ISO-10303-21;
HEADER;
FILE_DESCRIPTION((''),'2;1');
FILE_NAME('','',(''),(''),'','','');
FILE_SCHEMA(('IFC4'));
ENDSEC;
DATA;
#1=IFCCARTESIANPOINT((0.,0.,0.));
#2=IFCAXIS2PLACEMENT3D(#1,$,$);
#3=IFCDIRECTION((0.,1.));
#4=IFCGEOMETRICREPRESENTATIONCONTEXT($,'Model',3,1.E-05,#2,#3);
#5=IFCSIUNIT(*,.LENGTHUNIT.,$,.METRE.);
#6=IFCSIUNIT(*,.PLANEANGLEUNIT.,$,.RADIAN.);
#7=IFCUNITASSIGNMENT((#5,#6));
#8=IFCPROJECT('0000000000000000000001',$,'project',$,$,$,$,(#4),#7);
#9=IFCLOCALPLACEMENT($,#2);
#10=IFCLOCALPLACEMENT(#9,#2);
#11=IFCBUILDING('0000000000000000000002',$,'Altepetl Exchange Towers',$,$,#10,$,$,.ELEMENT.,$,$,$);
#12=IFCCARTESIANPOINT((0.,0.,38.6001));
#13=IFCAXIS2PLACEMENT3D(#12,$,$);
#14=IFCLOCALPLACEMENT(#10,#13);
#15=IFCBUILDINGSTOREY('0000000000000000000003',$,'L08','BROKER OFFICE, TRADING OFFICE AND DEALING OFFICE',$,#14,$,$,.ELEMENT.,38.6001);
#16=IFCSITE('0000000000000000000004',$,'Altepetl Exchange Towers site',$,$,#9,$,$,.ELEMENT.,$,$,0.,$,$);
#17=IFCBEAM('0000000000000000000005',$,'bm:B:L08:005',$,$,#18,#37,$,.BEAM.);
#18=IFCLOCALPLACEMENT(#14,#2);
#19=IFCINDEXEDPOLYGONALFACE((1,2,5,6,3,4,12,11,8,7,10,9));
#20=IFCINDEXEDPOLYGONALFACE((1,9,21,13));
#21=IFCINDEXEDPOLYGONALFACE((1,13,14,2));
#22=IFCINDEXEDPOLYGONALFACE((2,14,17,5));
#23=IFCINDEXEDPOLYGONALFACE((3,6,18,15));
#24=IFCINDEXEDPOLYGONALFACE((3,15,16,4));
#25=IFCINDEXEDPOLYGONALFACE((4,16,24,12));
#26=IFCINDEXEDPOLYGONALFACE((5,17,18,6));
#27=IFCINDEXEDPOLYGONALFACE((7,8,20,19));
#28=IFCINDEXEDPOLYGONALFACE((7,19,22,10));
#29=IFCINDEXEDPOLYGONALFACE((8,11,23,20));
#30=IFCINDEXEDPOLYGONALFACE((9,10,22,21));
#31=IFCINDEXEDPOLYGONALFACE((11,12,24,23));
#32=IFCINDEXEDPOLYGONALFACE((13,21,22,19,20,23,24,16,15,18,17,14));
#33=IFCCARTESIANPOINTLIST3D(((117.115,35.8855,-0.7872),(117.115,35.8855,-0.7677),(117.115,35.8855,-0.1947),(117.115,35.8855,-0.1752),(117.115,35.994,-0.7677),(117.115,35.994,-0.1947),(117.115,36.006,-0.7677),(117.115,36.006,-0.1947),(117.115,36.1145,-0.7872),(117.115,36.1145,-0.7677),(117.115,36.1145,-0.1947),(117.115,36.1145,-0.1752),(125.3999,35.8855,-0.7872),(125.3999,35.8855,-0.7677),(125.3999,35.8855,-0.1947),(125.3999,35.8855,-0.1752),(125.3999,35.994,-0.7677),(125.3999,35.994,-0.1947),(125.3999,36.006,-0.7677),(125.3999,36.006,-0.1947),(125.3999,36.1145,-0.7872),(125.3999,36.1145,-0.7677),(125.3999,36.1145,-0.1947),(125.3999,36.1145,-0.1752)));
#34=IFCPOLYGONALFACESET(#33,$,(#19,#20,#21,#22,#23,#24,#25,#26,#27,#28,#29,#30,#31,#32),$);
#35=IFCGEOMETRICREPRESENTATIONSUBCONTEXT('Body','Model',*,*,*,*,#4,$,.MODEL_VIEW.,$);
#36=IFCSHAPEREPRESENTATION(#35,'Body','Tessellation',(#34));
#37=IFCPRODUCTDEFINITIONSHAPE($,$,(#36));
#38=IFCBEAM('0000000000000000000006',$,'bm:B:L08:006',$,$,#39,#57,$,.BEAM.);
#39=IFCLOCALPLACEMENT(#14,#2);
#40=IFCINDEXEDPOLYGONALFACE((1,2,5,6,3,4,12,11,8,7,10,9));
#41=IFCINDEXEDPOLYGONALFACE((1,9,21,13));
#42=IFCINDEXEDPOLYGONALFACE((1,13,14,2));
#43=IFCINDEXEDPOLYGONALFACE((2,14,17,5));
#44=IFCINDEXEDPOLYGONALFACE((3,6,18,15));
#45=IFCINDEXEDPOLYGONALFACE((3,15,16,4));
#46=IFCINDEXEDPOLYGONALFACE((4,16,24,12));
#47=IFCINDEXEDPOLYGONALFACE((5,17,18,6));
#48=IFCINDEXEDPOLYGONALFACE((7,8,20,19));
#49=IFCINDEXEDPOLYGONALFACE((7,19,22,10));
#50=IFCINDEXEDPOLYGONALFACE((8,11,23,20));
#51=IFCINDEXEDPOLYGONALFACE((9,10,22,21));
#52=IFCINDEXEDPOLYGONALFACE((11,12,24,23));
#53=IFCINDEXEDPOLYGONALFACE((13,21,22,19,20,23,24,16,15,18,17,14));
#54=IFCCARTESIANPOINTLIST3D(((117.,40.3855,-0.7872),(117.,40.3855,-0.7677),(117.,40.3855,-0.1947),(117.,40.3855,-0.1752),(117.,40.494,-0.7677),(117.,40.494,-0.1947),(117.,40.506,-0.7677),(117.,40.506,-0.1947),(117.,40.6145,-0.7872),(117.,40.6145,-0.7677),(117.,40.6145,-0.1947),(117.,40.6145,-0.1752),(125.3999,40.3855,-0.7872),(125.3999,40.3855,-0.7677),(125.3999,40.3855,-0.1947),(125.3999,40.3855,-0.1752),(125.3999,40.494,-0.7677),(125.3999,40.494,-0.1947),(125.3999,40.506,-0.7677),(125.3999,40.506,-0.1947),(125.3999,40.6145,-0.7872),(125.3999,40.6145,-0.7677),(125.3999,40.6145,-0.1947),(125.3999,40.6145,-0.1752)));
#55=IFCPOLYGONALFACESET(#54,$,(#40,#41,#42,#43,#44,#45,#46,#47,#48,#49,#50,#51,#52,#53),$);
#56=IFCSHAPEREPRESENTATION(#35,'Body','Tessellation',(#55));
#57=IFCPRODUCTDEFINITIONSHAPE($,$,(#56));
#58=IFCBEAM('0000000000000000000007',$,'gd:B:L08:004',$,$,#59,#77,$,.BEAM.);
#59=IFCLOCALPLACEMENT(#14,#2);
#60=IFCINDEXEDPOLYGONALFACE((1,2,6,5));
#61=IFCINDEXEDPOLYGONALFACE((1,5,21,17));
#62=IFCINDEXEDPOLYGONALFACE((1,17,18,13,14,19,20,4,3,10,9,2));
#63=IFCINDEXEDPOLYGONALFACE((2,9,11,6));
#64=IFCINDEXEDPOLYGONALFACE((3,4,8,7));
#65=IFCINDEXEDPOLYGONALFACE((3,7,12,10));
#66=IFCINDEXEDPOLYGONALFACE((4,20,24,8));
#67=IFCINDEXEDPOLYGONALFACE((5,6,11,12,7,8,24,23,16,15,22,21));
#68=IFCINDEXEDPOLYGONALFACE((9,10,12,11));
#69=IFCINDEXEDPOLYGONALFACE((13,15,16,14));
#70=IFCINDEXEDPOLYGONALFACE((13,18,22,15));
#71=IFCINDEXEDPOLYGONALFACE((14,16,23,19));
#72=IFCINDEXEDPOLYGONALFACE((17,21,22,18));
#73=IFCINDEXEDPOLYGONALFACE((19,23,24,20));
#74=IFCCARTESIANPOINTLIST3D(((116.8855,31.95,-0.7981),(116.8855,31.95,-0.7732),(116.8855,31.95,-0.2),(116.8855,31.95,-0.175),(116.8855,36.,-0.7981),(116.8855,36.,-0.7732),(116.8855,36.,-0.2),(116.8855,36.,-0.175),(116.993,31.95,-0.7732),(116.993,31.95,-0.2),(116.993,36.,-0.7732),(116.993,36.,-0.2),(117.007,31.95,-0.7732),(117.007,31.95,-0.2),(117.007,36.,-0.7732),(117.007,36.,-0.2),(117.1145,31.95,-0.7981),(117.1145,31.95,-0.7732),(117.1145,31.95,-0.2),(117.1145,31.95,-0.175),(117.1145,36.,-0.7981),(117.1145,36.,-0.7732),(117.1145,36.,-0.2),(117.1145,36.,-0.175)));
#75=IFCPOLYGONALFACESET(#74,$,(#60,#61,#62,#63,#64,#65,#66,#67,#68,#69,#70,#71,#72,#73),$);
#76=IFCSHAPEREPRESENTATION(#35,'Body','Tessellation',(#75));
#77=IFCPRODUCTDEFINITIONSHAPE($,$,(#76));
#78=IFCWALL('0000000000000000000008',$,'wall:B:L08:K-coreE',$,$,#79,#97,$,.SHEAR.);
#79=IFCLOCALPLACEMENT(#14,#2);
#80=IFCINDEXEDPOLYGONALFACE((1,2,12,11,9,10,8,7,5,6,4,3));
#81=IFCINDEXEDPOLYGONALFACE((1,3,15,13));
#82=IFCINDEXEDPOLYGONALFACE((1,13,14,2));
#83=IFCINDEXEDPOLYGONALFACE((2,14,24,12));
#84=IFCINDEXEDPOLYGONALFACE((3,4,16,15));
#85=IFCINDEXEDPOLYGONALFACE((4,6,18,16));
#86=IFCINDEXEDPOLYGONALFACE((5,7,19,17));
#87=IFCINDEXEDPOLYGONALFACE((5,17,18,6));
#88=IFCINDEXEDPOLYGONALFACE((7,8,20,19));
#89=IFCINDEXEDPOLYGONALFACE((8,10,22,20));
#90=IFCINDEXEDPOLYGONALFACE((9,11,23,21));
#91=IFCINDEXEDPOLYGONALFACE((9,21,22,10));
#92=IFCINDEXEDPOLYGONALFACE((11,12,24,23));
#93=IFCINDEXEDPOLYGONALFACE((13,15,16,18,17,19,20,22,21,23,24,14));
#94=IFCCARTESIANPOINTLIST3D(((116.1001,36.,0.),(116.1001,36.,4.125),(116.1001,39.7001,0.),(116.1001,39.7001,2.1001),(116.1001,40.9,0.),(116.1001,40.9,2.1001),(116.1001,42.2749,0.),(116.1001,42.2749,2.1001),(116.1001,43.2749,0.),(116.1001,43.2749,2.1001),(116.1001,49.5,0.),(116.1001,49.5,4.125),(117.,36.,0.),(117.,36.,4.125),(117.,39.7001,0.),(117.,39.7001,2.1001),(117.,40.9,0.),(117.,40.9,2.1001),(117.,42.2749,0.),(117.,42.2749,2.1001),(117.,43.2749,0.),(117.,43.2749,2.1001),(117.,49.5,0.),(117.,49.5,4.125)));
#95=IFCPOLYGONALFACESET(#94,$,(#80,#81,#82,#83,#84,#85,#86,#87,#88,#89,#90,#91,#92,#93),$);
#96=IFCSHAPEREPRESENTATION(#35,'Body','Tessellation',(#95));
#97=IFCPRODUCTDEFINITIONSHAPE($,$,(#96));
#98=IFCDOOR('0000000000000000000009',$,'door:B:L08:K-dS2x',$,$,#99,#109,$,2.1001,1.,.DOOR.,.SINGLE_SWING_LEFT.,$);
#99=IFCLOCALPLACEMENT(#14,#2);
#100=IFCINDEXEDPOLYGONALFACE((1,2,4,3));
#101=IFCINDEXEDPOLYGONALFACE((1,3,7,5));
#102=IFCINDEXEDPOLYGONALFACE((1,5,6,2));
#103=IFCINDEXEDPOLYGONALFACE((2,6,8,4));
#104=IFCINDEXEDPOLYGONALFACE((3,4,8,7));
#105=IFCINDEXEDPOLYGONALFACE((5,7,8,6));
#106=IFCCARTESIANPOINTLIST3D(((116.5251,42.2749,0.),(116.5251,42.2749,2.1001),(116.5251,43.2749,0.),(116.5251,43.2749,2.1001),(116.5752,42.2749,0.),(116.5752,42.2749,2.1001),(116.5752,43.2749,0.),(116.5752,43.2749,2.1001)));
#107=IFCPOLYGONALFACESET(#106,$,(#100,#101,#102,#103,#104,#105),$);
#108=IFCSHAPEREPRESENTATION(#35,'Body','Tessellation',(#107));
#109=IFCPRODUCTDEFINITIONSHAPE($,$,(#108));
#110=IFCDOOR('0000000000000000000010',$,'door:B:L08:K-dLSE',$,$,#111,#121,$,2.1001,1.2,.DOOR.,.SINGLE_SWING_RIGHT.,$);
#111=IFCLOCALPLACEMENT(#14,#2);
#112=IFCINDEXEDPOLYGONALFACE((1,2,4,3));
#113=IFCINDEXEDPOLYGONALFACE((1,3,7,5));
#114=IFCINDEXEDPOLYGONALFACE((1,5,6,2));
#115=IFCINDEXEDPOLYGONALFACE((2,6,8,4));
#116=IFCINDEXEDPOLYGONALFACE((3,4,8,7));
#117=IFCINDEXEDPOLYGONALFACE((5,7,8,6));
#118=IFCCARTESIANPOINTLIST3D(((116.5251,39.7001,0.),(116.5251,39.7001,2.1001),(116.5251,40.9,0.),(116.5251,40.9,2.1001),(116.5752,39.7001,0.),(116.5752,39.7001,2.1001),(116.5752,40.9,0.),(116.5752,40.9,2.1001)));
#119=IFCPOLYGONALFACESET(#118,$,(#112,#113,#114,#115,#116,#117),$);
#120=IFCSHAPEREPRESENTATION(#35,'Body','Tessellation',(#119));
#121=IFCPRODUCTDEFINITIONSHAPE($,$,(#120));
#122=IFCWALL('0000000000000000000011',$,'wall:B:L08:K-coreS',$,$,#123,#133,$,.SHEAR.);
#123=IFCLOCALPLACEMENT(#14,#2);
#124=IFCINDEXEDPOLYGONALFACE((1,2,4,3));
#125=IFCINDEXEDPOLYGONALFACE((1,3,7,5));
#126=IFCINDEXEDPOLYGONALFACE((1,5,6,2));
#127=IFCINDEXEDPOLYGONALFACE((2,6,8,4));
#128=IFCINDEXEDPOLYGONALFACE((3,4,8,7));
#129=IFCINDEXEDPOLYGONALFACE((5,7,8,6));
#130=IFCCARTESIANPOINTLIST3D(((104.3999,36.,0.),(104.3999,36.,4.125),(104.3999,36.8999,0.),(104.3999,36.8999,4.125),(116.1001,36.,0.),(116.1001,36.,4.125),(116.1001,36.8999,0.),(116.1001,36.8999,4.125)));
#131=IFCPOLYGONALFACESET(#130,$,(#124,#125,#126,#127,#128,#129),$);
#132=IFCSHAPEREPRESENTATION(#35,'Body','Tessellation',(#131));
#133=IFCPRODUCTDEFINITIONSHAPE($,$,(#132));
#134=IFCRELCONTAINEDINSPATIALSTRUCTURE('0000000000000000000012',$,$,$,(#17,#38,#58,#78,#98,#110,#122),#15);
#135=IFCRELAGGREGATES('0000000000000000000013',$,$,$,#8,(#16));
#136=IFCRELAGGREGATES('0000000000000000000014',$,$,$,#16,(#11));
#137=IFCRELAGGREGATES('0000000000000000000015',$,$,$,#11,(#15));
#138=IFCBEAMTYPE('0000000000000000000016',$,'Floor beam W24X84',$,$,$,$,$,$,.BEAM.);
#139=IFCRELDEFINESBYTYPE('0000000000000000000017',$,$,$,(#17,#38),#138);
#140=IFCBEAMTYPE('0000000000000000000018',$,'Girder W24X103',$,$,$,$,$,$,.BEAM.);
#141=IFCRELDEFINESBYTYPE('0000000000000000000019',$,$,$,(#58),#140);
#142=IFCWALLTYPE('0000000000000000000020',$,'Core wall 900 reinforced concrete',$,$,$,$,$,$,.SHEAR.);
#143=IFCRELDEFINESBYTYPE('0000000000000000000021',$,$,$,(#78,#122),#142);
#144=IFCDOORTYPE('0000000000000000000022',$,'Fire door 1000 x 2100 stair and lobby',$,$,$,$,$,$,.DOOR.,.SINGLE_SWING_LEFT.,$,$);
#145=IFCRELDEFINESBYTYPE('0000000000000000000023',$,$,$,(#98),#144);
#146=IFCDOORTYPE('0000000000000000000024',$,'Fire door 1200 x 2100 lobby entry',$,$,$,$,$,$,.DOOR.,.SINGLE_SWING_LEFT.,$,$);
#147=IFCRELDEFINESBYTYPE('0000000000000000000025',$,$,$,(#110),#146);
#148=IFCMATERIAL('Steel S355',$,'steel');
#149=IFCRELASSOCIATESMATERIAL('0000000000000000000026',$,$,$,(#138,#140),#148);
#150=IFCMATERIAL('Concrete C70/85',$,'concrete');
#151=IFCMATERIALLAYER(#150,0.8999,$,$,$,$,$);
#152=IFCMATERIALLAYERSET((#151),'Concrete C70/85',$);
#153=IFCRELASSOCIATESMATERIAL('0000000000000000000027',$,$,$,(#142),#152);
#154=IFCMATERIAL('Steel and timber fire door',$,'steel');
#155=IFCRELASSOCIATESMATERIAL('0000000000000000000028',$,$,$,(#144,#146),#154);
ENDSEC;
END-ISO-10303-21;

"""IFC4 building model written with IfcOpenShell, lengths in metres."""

from ifc_helpers import new_model, si_unit, direction, frame, frame_2d, origin, origin_2d, place, context, subcontext, project, spatial, rectangle, i_section, extrude, material, layer, layer_set, material_profile, profile_set, type_object, element, fill, save


model = new_model("IFC4")

# Units and contexts
model_context = context("Model", 3, precision=1e-05, world=origin(), true_north=direction((0.0, 1.0)))
body_context = subcontext(model_context, "Body", "Model", "MODEL_VIEW")
ifc_project = project(units=[si_unit("LENGTHUNIT", "METRE"), si_unit("PLANEANGLEUNIT", "RADIAN")], contexts=[model_context])

# Site, building, storey
site_placement = place(None, origin())
site = spatial("IfcSite", under=ifc_project, at=site_placement, Name="Altepetl Exchange Towers site", CompositionType="ELEMENT", RefElevation=0.0)
building_placement = place(site_placement, origin())
building = spatial("IfcBuilding", under=site, at=building_placement, Name="Altepetl Exchange Towers", CompositionType="ELEMENT")
storey_placement = place(building_placement, frame((0.0, 0.0, 38.6001)))
storey = spatial("IfcBuildingStorey", under=building, at=storey_placement, Name="L08", Description="BROKER OFFICE, TRADING OFFICE AND DEALING OFFICE", CompositionType="ELEMENT", Elevation=38.6001)

# Beams
ifc_material_1 = material(Name="Steel S355", Category="steel")
ifc_material_profile_1 = material_profile(ifc_material_1, i_section(OverallWidth=0.229, OverallDepth=0.6121, WebThickness=0.012, FlangeThickness=0.0195, at=origin_2d()), Name="W24X84")
ifc_profile_set_1 = profile_set([ifc_material_profile_1], Name="Steel S355")
beam_type_1 = type_object("IfcBeamType", Name="Floor beam W24X84", PredefinedType="BEAM", material=ifc_profile_set_1)
beam_1_placement = place(storey_placement, frame((117.115, 36.0, -0.4812), z_axis=(1.0, 0.0, 0.0), x_axis=(0.0, 1.0, 0.0)))
element("IfcBeam", 1, at=beam_1_placement, inside=storey, type_object=beam_type_1, Name="bm:B:L08:005", PredefinedType="BEAM", context=body_context, shape_type="SweptSolid", body=[
    extrude(i_section(OverallWidth=0.229, OverallDepth=0.6121, WebThickness=0.012, FlangeThickness=0.0195, at=origin_2d()), origin(), (0.0, 0.0, 1.0), 8.2849),
])
beam_2_placement = place(storey_placement, frame((117.0, 40.5, -0.4812), z_axis=(1.0, 0.0, 0.0), x_axis=(0.0, 1.0, 0.0)))
element("IfcBeam", 2, at=beam_2_placement, inside=storey, type_object=beam_type_1, Name="bm:B:L08:006", PredefinedType="BEAM", context=body_context, shape_type="SweptSolid", body=[
    extrude(i_section(OverallWidth=0.229, OverallDepth=0.6121, WebThickness=0.012, FlangeThickness=0.0195, at=origin_2d()), origin(), (0.0, 0.0, 1.0), 8.3999),
])
ifc_material_profile_2 = material_profile(ifc_material_1, i_section(OverallWidth=0.229, OverallDepth=0.623, WebThickness=0.0139, FlangeThickness=0.0249, at=origin_2d()), Name="W24X103")
ifc_profile_set_2 = profile_set([ifc_material_profile_2], Name="Steel S355")
beam_type_2 = type_object("IfcBeamType", Name="Girder W24X103", PredefinedType="BEAM", material=ifc_profile_set_2)
beam_3_placement = place(storey_placement, frame((117.0, 36.0, -0.4866), z_axis=(0.0, -1.0, 0.0), x_axis=(1.0, 0.0, 0.0)))
element("IfcBeam", 3, at=beam_3_placement, inside=storey, type_object=beam_type_2, Name="gd:B:L08:004", PredefinedType="BEAM", context=body_context, shape_type="SweptSolid", body=[
    extrude(i_section(OverallWidth=0.229, OverallDepth=0.623, WebThickness=0.0139, FlangeThickness=0.0249, at=origin_2d()), origin(), (0.0, 0.0, 1.0), 4.05),
])

# Wall, openings, doors
ifc_material_2 = material(Name="Concrete C70/85", Category="concrete")
ifc_layer_1 = layer(ifc_material_2, 0.8999)
ifc_layer_set_1 = layer_set([ifc_layer_1], Name="Concrete C70/85")
wall_type_1 = type_object("IfcWallType", Name="Core wall 900 reinforced concrete", PredefinedType="SHEAR", material=ifc_layer_set_1)
wall_1_placement = place(storey_placement, frame((116.55, 36.0, 0.0), z_axis=(0.0, 0.0, 1.0), x_axis=(0.0, 1.0, 0.0)))
wall_1 = element("IfcWall", 4, at=wall_1_placement, inside=storey, type_object=wall_type_1, Name="wall:B:L08:K-coreE", PredefinedType="SHEAR", context=body_context, shape_type="SweptSolid", body=[
    extrude(rectangle(XDim=13.5, YDim=0.8999, at=frame_2d((6.75, 0.0))), origin(), (0.0, 0.0, 1.0), 4.125),
])
opening_1_placement = place(wall_1_placement, frame((3.7, 0.0, 0.0)))
opening_1 = element("IfcOpeningElement", 5, at=opening_1_placement, cuts=wall_1, PredefinedType="OPENING", context=body_context, shape_type="SweptSolid", body=[
    extrude(rectangle(XDim=1.2, YDim=2.1001, at=frame_2d((0.6001, 1.05))), frame((0.0, 0.46, 0.0), z_axis=(0.0, -1.0, 0.0), x_axis=(1.0, 0.0, 0.0)), (0.0, 0.0, 1.0), 0.9199),
])
opening_2_placement = place(wall_1_placement, frame((6.2749, 0.0, 0.0)))
opening_2 = element("IfcOpeningElement", 6, at=opening_2_placement, cuts=wall_1, PredefinedType="OPENING", context=body_context, shape_type="SweptSolid", body=[
    extrude(rectangle(XDim=1.0, YDim=2.1001, at=frame_2d((0.5, 1.05))), frame((0.0, 0.46, 0.0), z_axis=(0.0, -1.0, 0.0), x_axis=(1.0, 0.0, 0.0)), (0.0, 0.0, 1.0), 0.9199),
])
ifc_material_3 = material(Name="Steel and timber fire door", Category="steel")
door_type_1 = type_object("IfcDoorType", Name="Fire door 1000 x 2100 stair and lobby", OperationType="SINGLE_SWING_LEFT", PredefinedType="DOOR", material=ifc_material_3)
door_1_placement = place(opening_2_placement, origin())
door_1 = element("IfcDoor", 7, at=door_1_placement, inside=storey, type_object=door_type_1, Name="door:B:L08:K-dS2x", OperationType="SINGLE_SWING_LEFT", OverallHeight=2.1001, OverallWidth=1.0, PredefinedType="DOOR", context=body_context, shape_type="SweptSolid", body=[
    extrude(rectangle(XDim=1.0, YDim=2.1001, at=frame_2d((0.5, 1.05))), frame((0.0, 0.0249, 0.0), z_axis=(0.0, -1.0, 0.0), x_axis=(1.0, 0.0, 0.0)), (0.0, 0.0, 1.0), 0.05),
])
fill(opening_2, door_1)
door_type_2 = type_object("IfcDoorType", Name="Fire door 1200 x 2100 lobby entry", OperationType="SINGLE_SWING_LEFT", PredefinedType="DOOR", material=ifc_material_3)
door_2_placement = place(opening_1_placement, origin())
door_2 = element("IfcDoor", 8, at=door_2_placement, inside=storey, type_object=door_type_2, Name="door:B:L08:K-dLSE", OperationType="SINGLE_SWING_RIGHT", OverallHeight=2.1001, OverallWidth=1.2, PredefinedType="DOOR", context=body_context, shape_type="SweptSolid", body=[
    extrude(rectangle(XDim=1.2, YDim=2.1001, at=frame_2d((0.6001, 1.05))), frame((0.0, 0.0249, 0.0), z_axis=(0.0, -1.0, 0.0), x_axis=(1.0, 0.0, 0.0)), (0.0, 0.0, 1.0), 0.05),
])
fill(opening_1, door_2)

# Wall
wall_2_placement = place(storey_placement, frame((104.3999, 36.45, 0.0)))
element("IfcWall", 9, at=wall_2_placement, inside=storey, type_object=wall_type_1, Name="wall:B:L08:K-coreS", PredefinedType="SHEAR", context=body_context, shape_type="SweptSolid", body=[
    extrude(rectangle(XDim=11.7002, YDim=0.8999, at=frame_2d((5.8501, 0.0))), origin(), (0.0, 0.0, 1.0), 4.125),
])

save(model, "model.ifc")
